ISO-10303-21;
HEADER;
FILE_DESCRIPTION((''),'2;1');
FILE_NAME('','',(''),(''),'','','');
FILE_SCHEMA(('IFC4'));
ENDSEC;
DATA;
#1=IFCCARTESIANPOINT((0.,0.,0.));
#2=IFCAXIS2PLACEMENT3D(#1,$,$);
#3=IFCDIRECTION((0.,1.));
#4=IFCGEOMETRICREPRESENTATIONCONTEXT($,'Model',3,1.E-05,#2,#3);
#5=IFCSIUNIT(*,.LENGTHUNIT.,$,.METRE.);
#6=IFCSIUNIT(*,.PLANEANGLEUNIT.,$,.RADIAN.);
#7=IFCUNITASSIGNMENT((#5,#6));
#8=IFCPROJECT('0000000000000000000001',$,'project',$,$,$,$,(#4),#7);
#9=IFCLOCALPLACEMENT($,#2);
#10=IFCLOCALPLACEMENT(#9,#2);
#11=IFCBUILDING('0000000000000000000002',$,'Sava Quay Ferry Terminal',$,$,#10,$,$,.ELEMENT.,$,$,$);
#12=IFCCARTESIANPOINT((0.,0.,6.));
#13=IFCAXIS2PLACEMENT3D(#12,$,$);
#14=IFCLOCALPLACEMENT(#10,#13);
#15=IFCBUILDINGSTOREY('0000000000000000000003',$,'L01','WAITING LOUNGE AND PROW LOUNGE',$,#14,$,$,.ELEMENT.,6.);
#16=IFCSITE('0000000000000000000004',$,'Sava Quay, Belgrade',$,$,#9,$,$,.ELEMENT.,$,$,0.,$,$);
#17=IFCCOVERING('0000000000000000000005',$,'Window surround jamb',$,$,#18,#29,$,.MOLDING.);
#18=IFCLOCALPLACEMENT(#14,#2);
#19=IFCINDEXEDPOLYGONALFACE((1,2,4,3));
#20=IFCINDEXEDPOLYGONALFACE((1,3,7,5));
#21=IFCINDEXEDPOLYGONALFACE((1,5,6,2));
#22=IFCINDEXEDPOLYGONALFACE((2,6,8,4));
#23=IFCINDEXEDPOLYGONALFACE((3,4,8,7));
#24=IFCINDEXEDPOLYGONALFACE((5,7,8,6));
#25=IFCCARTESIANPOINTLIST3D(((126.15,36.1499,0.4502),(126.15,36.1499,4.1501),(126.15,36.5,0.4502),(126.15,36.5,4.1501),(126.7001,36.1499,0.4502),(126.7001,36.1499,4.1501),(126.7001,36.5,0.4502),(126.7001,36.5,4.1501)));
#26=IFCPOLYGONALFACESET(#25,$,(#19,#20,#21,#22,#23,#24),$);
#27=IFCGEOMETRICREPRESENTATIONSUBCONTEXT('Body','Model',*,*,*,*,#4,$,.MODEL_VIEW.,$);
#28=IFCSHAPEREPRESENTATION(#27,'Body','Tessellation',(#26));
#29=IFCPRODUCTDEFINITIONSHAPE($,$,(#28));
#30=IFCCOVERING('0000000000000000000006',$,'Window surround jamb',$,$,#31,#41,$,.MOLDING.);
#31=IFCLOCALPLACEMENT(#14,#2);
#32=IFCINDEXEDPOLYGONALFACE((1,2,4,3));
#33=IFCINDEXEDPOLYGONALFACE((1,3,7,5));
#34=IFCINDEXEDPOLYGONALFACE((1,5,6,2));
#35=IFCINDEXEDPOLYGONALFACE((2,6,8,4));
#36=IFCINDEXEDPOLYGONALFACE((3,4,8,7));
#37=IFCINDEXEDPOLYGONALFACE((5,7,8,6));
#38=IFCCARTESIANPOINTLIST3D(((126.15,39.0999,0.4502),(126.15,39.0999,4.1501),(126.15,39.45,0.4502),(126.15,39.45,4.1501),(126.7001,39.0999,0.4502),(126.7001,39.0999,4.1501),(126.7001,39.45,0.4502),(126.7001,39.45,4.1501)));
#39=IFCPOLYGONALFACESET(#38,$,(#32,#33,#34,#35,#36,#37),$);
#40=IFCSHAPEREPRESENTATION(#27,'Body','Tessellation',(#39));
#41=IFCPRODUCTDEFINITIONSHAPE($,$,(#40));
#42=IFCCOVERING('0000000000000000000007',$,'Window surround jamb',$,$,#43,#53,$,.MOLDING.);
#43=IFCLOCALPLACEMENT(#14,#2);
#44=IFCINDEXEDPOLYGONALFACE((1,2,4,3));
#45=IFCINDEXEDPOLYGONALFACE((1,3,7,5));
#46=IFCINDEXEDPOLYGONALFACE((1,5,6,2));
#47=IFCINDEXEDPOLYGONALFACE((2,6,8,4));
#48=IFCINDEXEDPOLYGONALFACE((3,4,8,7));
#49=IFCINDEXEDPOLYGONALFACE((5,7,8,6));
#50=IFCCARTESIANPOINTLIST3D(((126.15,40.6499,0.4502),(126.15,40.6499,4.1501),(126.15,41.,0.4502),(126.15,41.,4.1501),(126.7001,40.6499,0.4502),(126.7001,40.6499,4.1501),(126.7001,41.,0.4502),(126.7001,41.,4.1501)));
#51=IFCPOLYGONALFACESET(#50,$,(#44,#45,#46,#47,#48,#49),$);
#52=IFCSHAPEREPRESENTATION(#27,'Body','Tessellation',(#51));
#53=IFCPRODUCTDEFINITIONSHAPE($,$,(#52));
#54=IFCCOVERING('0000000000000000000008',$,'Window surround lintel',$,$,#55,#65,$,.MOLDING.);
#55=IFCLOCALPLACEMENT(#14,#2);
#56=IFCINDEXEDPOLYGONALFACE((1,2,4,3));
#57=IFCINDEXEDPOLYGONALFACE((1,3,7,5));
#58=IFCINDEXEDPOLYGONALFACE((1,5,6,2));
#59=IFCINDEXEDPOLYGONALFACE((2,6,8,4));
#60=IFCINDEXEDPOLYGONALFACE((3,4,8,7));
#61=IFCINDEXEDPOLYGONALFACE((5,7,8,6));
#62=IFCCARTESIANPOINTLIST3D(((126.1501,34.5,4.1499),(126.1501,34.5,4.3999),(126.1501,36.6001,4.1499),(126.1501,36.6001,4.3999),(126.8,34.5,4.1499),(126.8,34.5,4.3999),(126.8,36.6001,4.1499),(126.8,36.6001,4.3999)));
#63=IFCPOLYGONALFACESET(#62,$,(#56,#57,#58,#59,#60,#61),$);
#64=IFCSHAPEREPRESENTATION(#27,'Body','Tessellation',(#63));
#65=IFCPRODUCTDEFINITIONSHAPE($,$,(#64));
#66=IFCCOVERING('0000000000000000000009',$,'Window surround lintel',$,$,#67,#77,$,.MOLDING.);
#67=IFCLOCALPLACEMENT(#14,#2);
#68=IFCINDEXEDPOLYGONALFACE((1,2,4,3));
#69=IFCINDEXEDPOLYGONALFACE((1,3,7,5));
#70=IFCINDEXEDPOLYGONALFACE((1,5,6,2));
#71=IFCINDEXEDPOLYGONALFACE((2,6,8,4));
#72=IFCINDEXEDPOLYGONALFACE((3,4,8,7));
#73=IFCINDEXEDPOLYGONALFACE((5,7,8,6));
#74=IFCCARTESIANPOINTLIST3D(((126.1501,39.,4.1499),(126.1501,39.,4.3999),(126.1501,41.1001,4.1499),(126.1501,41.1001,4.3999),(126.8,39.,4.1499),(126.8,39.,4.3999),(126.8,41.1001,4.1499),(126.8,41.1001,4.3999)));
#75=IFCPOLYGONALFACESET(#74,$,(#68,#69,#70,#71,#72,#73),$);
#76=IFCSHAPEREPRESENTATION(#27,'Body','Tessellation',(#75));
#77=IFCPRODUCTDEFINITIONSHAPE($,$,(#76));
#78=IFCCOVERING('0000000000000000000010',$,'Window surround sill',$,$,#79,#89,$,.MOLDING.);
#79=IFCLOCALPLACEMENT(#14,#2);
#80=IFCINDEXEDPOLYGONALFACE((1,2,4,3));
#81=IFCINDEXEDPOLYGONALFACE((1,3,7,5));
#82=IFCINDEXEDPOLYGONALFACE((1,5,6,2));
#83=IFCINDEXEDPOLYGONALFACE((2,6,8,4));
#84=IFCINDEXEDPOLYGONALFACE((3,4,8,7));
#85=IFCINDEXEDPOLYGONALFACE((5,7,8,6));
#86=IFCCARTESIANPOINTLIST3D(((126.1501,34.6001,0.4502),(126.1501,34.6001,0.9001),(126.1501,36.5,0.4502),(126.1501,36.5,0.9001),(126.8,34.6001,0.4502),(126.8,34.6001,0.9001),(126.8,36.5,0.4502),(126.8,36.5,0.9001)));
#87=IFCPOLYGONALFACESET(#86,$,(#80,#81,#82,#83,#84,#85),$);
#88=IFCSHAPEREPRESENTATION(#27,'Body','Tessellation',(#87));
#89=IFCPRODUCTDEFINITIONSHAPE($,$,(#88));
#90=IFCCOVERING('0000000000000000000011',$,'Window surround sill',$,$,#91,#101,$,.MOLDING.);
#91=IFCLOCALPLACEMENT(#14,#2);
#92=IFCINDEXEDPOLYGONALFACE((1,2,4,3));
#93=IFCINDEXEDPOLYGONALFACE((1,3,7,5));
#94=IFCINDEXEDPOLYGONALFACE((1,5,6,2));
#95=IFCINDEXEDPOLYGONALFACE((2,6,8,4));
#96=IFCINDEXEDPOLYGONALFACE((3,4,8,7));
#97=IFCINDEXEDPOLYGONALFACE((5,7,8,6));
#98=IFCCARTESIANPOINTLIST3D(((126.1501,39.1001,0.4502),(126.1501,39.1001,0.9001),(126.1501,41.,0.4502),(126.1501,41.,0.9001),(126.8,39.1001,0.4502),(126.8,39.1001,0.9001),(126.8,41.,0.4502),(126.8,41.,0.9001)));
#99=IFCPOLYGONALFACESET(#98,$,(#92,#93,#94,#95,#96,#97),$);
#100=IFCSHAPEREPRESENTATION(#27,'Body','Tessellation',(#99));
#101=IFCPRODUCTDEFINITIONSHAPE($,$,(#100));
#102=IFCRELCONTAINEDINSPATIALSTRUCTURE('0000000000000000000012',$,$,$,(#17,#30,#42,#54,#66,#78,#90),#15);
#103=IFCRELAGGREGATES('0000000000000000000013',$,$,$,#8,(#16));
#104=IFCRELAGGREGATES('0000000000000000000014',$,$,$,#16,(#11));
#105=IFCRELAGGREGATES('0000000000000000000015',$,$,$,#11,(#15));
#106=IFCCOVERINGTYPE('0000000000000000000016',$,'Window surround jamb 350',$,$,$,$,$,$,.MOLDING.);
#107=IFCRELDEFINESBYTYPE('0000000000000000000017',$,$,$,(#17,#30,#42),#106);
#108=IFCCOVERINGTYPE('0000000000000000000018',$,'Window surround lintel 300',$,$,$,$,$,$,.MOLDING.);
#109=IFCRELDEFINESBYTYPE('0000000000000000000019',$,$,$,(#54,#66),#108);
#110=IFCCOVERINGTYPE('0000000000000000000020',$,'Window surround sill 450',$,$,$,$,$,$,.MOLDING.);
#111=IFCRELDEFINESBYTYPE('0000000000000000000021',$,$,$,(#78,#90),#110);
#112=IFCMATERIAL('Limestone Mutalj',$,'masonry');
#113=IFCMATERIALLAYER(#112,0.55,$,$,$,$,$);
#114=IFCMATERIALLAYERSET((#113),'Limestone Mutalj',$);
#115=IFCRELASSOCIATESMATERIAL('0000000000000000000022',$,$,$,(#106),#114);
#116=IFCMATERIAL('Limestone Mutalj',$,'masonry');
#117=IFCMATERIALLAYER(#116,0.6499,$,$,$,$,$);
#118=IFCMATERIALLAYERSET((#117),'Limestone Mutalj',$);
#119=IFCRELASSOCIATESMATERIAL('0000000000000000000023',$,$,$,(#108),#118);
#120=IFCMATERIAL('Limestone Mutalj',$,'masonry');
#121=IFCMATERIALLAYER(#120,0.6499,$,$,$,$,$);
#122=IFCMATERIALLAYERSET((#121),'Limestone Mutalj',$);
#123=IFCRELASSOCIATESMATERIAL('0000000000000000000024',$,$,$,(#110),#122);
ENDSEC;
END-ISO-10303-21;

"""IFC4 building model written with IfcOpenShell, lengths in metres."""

from ifc_helpers import new_model, si_unit, direction, frame, origin, origin_2d, place, context, subcontext, project, spatial, rectangle, extrude, material, layer, layer_set, type_object, element, save


model = new_model("IFC4")

# Units and contexts
model_context = context("Model", 3, precision=1e-05, world=origin(), true_north=direction((0.0, 1.0)))
body_context = subcontext(model_context, "Body", "Model", "MODEL_VIEW")
ifc_project = project(units=[si_unit("LENGTHUNIT", "METRE"), si_unit("PLANEANGLEUNIT", "RADIAN")], contexts=[model_context])

# Site, building, storey
site_placement = place(None, origin())
site = spatial("IfcSite", under=ifc_project, at=site_placement, Name="Sava Quay, Belgrade", CompositionType="ELEMENT", RefElevation=0.0)
building_placement = place(site_placement, origin())
building = spatial("IfcBuilding", under=site, at=building_placement, Name="Sava Quay Ferry Terminal", CompositionType="ELEMENT")
storey_placement = place(building_placement, frame((0.0, 0.0, 6.0)))
storey = spatial("IfcBuildingStorey", under=building, at=storey_placement, Name="L01", Description="WAITING LOUNGE AND PROW LOUNGE", CompositionType="ELEMENT", Elevation=6.0)

# Coverings
ifc_material_1 = material(Name="Limestone Mutalj", Category="masonry")
ifc_layer_1 = layer(ifc_material_1, 0.55)
ifc_layer_set_1 = layer_set([ifc_layer_1], Name="Limestone Mutalj")
covering_type_1 = type_object("IfcCoveringType", Name="Window surround jamb 350", PredefinedType="MOLDING", material=ifc_layer_set_1)
for number, where, z_axis, x_axis, name in (
    (1, (126.425, 36.325, 0.4502), (0.0, 0.0, 1.0), (1.0, 0.0, 0.0), "Window surround jamb"),
    (2, (126.425, 39.2749, 0.4502), (0.0, 0.0, 1.0), (1.0, 0.0, 0.0), "Window surround jamb"),
    (3, (126.425, 40.825, 0.4502), (0.0, 0.0, 1.0), (1.0, 0.0, 0.0), "Window surround jamb"),
):
    element("IfcCovering", number, at=place(storey_placement, frame(where, z_axis=z_axis, x_axis=x_axis)), inside=storey, type_object=covering_type_1, Name=name, PredefinedType="MOLDING", context=body_context, shape_type="SweptSolid", body=[
        extrude(rectangle(XDim=0.55, YDim=0.3501, at=origin_2d()), origin(), (0.0, 0.0, 1.0), 3.7),
    ])
ifc_material_2 = material(Name="Limestone Mutalj", Category="masonry")
ifc_layer_2 = layer(ifc_material_2, 0.6499)
ifc_layer_set_2 = layer_set([ifc_layer_2], Name="Limestone Mutalj")
covering_type_2 = type_object("IfcCoveringType", Name="Window surround lintel 300", PredefinedType="MOLDING", material=ifc_layer_set_2)
for number, where, z_axis, x_axis, name in (
    (4, (126.4751, 35.55, 4.1499), (0.0, 0.0, 1.0), (1.0, 0.0, 0.0), "Window surround lintel"),
    (5, (126.4751, 40.05, 4.1499), (0.0, 0.0, 1.0), (1.0, 0.0, 0.0), "Window surround lintel"),
):
    element("IfcCovering", number, at=place(storey_placement, frame(where, z_axis=z_axis, x_axis=x_axis)), inside=storey, type_object=covering_type_2, Name=name, PredefinedType="MOLDING", context=body_context, shape_type="SweptSolid", body=[
        extrude(rectangle(XDim=0.6499, YDim=2.1001, at=origin_2d()), origin(), (0.0, 0.0, 1.0), 0.25),
    ])
ifc_material_3 = material(Name="Limestone Mutalj", Category="masonry")
ifc_layer_3 = layer(ifc_material_3, 0.6499)
ifc_layer_set_3 = layer_set([ifc_layer_3], Name="Limestone Mutalj")
covering_type_3 = type_object("IfcCoveringType", Name="Window surround sill 450", PredefinedType="MOLDING", material=ifc_layer_set_3)
for number, where, z_axis, x_axis, name in (
    (6, (126.4751, 35.55, 0.4502), (0.0, 0.0, 1.0), (1.0, 0.0, 0.0), "Window surround sill"),
    (7, (126.4751, 40.05, 0.4502), (0.0, 0.0, 1.0), (1.0, 0.0, 0.0), "Window surround sill"),
):
    element("IfcCovering", number, at=place(storey_placement, frame(where, z_axis=z_axis, x_axis=x_axis)), inside=storey, type_object=covering_type_3, Name=name, PredefinedType="MOLDING", context=body_context, shape_type="SweptSolid", body=[
        extrude(rectangle(XDim=0.6499, YDim=1.8999, at=origin_2d()), origin(), (0.0, 0.0, 1.0), 0.45),
    ])

save(model, "model.ifc")
